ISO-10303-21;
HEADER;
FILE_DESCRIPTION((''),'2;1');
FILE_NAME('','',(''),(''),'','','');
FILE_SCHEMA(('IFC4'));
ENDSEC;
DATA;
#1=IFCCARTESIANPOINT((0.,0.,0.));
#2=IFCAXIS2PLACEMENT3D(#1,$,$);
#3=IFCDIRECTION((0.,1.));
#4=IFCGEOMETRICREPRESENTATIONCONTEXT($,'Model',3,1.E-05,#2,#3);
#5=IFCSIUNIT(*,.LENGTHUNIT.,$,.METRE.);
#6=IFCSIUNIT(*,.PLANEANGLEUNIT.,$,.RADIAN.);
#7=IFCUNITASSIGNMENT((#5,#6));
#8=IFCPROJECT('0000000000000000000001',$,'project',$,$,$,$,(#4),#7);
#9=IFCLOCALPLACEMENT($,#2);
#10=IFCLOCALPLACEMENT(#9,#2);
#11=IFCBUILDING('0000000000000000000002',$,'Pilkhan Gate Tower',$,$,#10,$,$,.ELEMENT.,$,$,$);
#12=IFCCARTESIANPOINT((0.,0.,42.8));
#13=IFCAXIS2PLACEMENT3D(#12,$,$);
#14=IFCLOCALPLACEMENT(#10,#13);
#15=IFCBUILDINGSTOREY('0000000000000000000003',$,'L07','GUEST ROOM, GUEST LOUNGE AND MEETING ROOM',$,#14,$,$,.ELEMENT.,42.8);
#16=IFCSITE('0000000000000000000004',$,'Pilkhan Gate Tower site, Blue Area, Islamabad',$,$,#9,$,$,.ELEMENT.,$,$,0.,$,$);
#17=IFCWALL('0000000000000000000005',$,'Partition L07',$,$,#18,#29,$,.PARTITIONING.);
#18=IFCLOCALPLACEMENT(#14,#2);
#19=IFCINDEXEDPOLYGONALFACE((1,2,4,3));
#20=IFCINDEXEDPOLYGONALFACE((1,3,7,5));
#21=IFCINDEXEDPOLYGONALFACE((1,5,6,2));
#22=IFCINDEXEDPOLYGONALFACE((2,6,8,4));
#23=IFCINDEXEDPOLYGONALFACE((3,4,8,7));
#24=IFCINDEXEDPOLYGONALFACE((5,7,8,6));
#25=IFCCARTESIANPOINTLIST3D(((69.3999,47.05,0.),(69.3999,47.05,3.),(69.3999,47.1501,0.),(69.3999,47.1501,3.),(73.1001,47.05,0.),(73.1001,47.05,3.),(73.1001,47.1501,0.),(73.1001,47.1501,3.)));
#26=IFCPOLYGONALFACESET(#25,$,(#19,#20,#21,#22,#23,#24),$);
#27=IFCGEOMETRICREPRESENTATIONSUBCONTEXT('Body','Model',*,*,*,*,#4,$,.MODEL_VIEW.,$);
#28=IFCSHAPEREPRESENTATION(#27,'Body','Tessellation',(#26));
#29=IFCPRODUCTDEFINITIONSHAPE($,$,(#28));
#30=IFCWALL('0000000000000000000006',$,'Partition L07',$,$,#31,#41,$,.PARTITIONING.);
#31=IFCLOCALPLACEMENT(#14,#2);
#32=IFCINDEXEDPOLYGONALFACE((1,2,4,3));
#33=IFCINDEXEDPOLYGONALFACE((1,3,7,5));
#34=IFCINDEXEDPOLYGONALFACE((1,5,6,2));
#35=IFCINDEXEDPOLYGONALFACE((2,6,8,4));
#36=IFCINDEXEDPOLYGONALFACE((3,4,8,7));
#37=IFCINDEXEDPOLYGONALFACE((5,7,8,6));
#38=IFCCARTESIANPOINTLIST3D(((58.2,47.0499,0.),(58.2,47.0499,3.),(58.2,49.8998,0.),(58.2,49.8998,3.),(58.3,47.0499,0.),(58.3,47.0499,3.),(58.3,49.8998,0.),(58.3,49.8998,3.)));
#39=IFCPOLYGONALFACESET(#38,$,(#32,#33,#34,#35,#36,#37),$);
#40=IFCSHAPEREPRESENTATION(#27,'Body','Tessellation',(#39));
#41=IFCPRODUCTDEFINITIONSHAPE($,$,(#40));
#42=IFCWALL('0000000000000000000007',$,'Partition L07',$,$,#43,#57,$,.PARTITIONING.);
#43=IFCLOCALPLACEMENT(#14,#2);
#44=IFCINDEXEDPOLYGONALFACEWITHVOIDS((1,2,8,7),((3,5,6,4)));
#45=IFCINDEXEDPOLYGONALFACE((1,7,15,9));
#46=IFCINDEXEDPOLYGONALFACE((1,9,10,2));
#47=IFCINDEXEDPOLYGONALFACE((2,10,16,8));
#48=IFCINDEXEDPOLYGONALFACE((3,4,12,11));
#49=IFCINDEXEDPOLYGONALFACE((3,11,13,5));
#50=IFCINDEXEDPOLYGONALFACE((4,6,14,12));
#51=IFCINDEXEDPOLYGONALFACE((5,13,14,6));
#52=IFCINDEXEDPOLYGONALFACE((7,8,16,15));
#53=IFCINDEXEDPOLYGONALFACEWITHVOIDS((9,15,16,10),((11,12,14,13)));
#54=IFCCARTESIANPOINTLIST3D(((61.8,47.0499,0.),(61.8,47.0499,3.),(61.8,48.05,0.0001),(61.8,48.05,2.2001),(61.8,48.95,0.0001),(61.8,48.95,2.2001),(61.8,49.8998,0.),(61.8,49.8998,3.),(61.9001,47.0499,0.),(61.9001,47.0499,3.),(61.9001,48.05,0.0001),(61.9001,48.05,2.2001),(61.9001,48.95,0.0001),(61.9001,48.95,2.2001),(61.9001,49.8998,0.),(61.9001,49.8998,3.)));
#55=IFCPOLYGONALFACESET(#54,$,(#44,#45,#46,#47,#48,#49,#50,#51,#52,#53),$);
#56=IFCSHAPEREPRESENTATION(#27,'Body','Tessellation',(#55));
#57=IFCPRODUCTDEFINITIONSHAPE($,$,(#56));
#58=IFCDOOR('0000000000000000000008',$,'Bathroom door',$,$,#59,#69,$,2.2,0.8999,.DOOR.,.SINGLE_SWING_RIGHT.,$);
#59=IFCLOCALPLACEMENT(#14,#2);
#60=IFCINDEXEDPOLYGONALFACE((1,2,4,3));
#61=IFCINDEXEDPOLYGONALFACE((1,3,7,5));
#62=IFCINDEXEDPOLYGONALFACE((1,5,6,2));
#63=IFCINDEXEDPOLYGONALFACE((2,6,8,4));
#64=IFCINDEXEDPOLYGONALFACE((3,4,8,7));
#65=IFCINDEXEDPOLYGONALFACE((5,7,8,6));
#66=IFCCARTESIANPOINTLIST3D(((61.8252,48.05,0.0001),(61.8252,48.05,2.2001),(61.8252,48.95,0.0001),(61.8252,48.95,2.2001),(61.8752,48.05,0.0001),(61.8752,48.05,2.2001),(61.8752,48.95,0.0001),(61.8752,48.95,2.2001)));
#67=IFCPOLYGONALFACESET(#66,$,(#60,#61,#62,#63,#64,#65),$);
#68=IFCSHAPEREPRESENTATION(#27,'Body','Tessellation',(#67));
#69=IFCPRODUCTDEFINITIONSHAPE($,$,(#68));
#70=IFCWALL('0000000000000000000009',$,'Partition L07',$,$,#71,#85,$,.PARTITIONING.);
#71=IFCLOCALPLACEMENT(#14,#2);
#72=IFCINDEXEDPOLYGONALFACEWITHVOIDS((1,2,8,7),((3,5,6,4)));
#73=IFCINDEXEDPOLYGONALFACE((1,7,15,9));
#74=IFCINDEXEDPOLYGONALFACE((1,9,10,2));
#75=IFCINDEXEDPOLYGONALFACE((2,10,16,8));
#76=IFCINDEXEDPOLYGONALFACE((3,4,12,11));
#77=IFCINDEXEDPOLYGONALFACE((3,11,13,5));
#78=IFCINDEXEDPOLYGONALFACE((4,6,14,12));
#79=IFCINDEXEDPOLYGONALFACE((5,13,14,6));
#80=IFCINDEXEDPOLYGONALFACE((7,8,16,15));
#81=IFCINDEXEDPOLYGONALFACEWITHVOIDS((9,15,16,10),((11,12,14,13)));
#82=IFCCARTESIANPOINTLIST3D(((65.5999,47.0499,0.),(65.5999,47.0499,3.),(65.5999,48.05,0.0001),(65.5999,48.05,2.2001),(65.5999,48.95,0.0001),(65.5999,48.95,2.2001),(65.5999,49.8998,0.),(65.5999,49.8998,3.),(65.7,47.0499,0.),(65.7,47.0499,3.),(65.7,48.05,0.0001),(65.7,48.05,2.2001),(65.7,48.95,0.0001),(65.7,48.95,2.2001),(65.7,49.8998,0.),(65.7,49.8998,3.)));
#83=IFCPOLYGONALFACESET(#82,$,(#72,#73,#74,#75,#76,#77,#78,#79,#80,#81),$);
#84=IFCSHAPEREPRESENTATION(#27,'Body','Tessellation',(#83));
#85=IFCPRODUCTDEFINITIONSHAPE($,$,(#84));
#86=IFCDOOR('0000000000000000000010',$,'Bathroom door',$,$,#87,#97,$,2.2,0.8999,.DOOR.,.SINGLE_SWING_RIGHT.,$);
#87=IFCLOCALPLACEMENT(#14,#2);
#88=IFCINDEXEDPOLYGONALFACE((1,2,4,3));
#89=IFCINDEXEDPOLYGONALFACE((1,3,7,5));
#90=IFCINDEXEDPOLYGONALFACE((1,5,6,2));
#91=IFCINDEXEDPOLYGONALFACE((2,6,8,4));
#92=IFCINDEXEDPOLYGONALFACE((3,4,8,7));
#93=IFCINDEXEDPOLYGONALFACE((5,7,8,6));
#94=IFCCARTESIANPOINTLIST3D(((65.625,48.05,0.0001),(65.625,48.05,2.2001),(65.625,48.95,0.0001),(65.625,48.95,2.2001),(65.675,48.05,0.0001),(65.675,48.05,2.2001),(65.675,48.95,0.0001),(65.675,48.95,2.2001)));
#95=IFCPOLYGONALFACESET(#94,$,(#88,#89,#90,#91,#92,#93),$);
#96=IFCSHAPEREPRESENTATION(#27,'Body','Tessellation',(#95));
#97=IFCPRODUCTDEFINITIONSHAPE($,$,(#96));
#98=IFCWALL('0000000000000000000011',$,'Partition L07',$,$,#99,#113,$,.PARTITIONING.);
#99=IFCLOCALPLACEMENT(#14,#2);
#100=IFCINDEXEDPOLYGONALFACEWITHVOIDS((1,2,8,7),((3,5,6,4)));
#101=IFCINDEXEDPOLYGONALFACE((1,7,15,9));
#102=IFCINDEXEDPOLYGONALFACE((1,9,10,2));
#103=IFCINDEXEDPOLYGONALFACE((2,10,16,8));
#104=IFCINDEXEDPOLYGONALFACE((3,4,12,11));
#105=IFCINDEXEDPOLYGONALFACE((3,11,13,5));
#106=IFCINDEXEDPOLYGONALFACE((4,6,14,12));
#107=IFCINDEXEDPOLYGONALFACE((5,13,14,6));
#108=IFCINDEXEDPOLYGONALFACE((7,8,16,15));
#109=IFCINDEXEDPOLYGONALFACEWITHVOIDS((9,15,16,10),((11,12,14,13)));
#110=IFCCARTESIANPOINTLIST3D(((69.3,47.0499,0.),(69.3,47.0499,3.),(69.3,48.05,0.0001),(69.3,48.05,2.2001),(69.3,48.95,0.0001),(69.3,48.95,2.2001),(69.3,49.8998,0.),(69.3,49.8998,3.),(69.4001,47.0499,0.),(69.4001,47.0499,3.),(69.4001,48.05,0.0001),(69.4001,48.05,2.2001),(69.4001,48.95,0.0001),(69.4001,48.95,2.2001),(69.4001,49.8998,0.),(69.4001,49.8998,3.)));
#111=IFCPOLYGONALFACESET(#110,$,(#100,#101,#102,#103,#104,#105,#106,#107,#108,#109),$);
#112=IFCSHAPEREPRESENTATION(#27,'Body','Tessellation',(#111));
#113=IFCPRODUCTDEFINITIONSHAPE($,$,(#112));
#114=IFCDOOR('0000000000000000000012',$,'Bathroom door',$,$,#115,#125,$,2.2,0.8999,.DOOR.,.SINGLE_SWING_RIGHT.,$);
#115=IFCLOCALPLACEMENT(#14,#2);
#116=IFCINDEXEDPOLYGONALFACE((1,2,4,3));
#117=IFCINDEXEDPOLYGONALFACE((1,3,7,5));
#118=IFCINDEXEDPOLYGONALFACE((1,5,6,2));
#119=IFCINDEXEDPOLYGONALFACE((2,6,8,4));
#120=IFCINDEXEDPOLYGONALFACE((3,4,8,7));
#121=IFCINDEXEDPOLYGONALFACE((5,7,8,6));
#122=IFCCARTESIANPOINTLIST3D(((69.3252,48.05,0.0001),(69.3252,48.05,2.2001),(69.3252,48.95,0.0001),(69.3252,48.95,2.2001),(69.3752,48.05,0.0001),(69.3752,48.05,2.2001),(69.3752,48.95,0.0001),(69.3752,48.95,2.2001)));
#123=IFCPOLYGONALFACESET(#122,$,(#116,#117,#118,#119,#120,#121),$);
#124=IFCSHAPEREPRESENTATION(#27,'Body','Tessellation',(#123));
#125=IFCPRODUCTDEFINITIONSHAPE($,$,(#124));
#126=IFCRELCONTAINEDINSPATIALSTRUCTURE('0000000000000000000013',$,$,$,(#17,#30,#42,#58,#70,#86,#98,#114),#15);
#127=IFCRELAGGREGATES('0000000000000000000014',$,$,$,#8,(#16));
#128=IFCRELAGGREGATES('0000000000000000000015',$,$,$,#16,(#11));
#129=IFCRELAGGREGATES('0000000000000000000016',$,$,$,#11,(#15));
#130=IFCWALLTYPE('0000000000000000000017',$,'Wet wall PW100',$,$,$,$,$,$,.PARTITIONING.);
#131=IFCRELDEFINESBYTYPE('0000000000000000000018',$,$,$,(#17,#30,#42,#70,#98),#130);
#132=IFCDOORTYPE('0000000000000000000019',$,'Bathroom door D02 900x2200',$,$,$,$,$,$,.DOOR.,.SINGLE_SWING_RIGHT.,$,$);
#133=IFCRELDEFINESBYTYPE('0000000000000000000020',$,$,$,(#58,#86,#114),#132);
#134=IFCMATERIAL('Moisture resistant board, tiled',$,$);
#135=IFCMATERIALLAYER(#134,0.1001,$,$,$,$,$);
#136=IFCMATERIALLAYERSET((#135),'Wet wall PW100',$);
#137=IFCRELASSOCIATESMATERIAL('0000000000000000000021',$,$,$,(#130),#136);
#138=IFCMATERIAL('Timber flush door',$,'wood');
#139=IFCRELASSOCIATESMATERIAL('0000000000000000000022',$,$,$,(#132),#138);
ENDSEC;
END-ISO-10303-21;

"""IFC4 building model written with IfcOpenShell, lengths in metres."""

from ifc_helpers import new_model, si_unit, direction, frame, frame_2d, origin, place, context, subcontext, project, spatial, rectangle, extrude, material, layer, layer_set, type_object, element, fill, save


model = new_model("IFC4")

# Units and contexts
model_context = context("Model", 3, precision=1e-05, world=origin(), true_north=direction((0.0, 1.0)))
body_context = subcontext(model_context, "Body", "Model", "MODEL_VIEW")
ifc_project = project(units=[si_unit("LENGTHUNIT", "METRE"), si_unit("PLANEANGLEUNIT", "RADIAN")], contexts=[model_context])

# Site, building, storey
site_placement = place(None, origin())
site = spatial("IfcSite", under=ifc_project, at=site_placement, Name="Pilkhan Gate Tower site, Blue Area, Islamabad", CompositionType="ELEMENT", RefElevation=0.0)
building_placement = place(site_placement, origin())
building = spatial("IfcBuilding", under=site, at=building_placement, Name="Pilkhan Gate Tower", CompositionType="ELEMENT")
storey_placement = place(building_placement, frame((0.0, 0.0, 42.8)))
storey = spatial("IfcBuildingStorey", under=building, at=storey_placement, Name="L07", Description="GUEST ROOM, GUEST LOUNGE AND MEETING ROOM", CompositionType="ELEMENT", Elevation=42.8)

# Shared definitions
ifc_material_1 = material(Name="Moisture resistant board, tiled")
ifc_layer_1 = layer(ifc_material_1, 0.1001)
ifc_layer_set_1 = layer_set([ifc_layer_1], Name="Wet wall PW100")
wall_type_1 = type_object("IfcWallType", Name="Wet wall PW100", PredefinedType="PARTITIONING", material=ifc_layer_set_1)
ifc_material_2 = material(Name="Timber flush door", Category="wood")
door_type = type_object("IfcDoorType", Name="Bathroom door D02 900x2200", OperationType="SINGLE_SWING_RIGHT", PredefinedType="DOOR", material=ifc_material_2)

# Walls
for number, where, z_axis, x_axis, name in (
    (1, (69.3999, 47.1001, 0.0), (0.0, 0.0, 1.0), (1.0, 0.0, 0.0), "Partition L07"),
):
    element("IfcWall", number, at=place(storey_placement, frame(where, z_axis=z_axis, x_axis=x_axis)), inside=storey, type_object=wall_type_1, Name=name, PredefinedType="PARTITIONING", context=body_context, shape_type="SweptSolid", body=[
        extrude(rectangle(XDim=3.7002, YDim=0.1001, at=frame_2d((1.8501, 0.0))), origin(), (0.0, 0.0, 1.0), 3.0),
    ])
wall_1_placement = place(storey_placement, frame((58.25, 47.05, 0.0), z_axis=(0.0, 0.0, 1.0), x_axis=(0.0, 1.0, 0.0)))
element("IfcWall", 2, at=wall_1_placement, inside=storey, type_object=wall_type_1, Name="Partition L07", PredefinedType="PARTITIONING", context=body_context, shape_type="SweptSolid", body=[
    extrude(rectangle(XDim=2.8499, YDim=0.1001, at=frame_2d((1.4248, 0.0))), origin(), (0.0, 0.0, 1.0), 3.0),
])

# Walls, openings, doors
wall_2_placement = place(storey_placement, frame((61.8501, 47.05, 0.0), z_axis=(0.0, 0.0, 1.0), x_axis=(0.0, 1.0, 0.0)))
wall_2 = element("IfcWall", 3, at=wall_2_placement, inside=storey, type_object=wall_type_1, Name="Partition L07", PredefinedType="PARTITIONING", context=body_context, shape_type="SweptSolid", body=[
    extrude(rectangle(XDim=2.8499, YDim=0.1001, at=frame_2d((1.4248, 0.0))), origin(), (0.0, 0.0, 1.0), 3.0),
])
opening_1_placement = place(wall_2_placement, frame((1.0, 0.0, 0.0)))
opening_1 = element("IfcOpeningElement", 4, at=opening_1_placement, cuts=wall_2, PredefinedType="OPENING", context=body_context, shape_type="SweptSolid", body=[
    extrude(rectangle(XDim=0.8999, YDim=2.2, at=frame_2d((0.45, 1.1001))), frame((0.0, 0.0601, 0.0), z_axis=(0.0, -1.0, 0.0), x_axis=(1.0, 0.0, 0.0)), (0.0, 0.0, 1.0), 0.1201),
])
door_1_placement = place(opening_1_placement, origin())
door_1 = element("IfcDoor", 5, at=door_1_placement, inside=storey, type_object=door_type, Name="Bathroom door", OperationType="SINGLE_SWING_RIGHT", OverallHeight=2.2, OverallWidth=0.8999, PredefinedType="DOOR", context=body_context, shape_type="SweptSolid", body=[
    extrude(rectangle(XDim=0.8999, YDim=2.2, at=frame_2d((0.45, 1.1001))), frame((0.0, 0.0249, 0.0), z_axis=(0.0, -1.0, 0.0), x_axis=(1.0, 0.0, 0.0)), (0.0, 0.0, 1.0), 0.05),
])
fill(opening_1, door_1)
wall_3_placement = place(storey_placement, frame((65.6499, 47.05, 0.0), z_axis=(0.0, 0.0, 1.0), x_axis=(0.0, 1.0, 0.0)))
wall_3 = element("IfcWall", 6, at=wall_3_placement, inside=storey, type_object=wall_type_1, Name="Partition L07", PredefinedType="PARTITIONING", context=body_context, shape_type="SweptSolid", body=[
    extrude(rectangle(XDim=2.8499, YDim=0.1001, at=frame_2d((1.4248, 0.0))), origin(), (0.0, 0.0, 1.0), 3.0),
])
opening_2_placement = place(wall_3_placement, frame((1.0, 0.0, 0.0)))
opening_2 = element("IfcOpeningElement", 7, at=opening_2_placement, cuts=wall_3, PredefinedType="OPENING", context=body_context, shape_type="SweptSolid", body=[
    extrude(rectangle(XDim=0.8999, YDim=2.2, at=frame_2d((0.45, 1.1001))), frame((0.0, 0.0601, 0.0), z_axis=(0.0, -1.0, 0.0), x_axis=(1.0, 0.0, 0.0)), (0.0, 0.0, 1.0), 0.1201),
])
door_2_placement = place(opening_2_placement, origin())
door_2 = element("IfcDoor", 8, at=door_2_placement, inside=storey, type_object=door_type, Name="Bathroom door", OperationType="SINGLE_SWING_RIGHT", OverallHeight=2.2, OverallWidth=0.8999, PredefinedType="DOOR", context=body_context, shape_type="SweptSolid", body=[
    extrude(rectangle(XDim=0.8999, YDim=2.2, at=frame_2d((0.45, 1.1001))), frame((0.0, 0.0249, 0.0), z_axis=(0.0, -1.0, 0.0), x_axis=(1.0, 0.0, 0.0)), (0.0, 0.0, 1.0), 0.05),
])
fill(opening_2, door_2)
wall_4_placement = place(storey_placement, frame((69.3501, 47.05, 0.0), z_axis=(0.0, 0.0, 1.0), x_axis=(0.0, 1.0, 0.0)))
wall_4 = element("IfcWall", 9, at=wall_4_placement, inside=storey, type_object=wall_type_1, Name="Partition L07", PredefinedType="PARTITIONING", context=body_context, shape_type="SweptSolid", body=[
    extrude(rectangle(XDim=2.8499, YDim=0.1001, at=frame_2d((1.4248, 0.0))), origin(), (0.0, 0.0, 1.0), 3.0),
])
opening_3_placement = place(wall_4_placement, frame((1.0, 0.0, 0.0)))
opening_3 = element("IfcOpeningElement", 10, at=opening_3_placement, cuts=wall_4, PredefinedType="OPENING", context=body_context, shape_type="SweptSolid", body=[
    extrude(rectangle(XDim=0.8999, YDim=2.2, at=frame_2d((0.45, 1.1001))), frame((0.0, 0.0601, 0.0), z_axis=(0.0, -1.0, 0.0), x_axis=(1.0, 0.0, 0.0)), (0.0, 0.0, 1.0), 0.1201),
])
door_3_placement = place(opening_3_placement, origin())
door_3 = element("IfcDoor", 11, at=door_3_placement, inside=storey, type_object=door_type, Name="Bathroom door", OperationType="SINGLE_SWING_RIGHT", OverallHeight=2.2, OverallWidth=0.8999, PredefinedType="DOOR", context=body_context, shape_type="SweptSolid", body=[
    extrude(rectangle(XDim=0.8999, YDim=2.2, at=frame_2d((0.45, 1.1001))), frame((0.0, 0.0249, 0.0), z_axis=(0.0, -1.0, 0.0), x_axis=(1.0, 0.0, 0.0)), (0.0, 0.0, 1.0), 0.05),
])
fill(opening_3, door_3)

save(model, "model.ifc")
